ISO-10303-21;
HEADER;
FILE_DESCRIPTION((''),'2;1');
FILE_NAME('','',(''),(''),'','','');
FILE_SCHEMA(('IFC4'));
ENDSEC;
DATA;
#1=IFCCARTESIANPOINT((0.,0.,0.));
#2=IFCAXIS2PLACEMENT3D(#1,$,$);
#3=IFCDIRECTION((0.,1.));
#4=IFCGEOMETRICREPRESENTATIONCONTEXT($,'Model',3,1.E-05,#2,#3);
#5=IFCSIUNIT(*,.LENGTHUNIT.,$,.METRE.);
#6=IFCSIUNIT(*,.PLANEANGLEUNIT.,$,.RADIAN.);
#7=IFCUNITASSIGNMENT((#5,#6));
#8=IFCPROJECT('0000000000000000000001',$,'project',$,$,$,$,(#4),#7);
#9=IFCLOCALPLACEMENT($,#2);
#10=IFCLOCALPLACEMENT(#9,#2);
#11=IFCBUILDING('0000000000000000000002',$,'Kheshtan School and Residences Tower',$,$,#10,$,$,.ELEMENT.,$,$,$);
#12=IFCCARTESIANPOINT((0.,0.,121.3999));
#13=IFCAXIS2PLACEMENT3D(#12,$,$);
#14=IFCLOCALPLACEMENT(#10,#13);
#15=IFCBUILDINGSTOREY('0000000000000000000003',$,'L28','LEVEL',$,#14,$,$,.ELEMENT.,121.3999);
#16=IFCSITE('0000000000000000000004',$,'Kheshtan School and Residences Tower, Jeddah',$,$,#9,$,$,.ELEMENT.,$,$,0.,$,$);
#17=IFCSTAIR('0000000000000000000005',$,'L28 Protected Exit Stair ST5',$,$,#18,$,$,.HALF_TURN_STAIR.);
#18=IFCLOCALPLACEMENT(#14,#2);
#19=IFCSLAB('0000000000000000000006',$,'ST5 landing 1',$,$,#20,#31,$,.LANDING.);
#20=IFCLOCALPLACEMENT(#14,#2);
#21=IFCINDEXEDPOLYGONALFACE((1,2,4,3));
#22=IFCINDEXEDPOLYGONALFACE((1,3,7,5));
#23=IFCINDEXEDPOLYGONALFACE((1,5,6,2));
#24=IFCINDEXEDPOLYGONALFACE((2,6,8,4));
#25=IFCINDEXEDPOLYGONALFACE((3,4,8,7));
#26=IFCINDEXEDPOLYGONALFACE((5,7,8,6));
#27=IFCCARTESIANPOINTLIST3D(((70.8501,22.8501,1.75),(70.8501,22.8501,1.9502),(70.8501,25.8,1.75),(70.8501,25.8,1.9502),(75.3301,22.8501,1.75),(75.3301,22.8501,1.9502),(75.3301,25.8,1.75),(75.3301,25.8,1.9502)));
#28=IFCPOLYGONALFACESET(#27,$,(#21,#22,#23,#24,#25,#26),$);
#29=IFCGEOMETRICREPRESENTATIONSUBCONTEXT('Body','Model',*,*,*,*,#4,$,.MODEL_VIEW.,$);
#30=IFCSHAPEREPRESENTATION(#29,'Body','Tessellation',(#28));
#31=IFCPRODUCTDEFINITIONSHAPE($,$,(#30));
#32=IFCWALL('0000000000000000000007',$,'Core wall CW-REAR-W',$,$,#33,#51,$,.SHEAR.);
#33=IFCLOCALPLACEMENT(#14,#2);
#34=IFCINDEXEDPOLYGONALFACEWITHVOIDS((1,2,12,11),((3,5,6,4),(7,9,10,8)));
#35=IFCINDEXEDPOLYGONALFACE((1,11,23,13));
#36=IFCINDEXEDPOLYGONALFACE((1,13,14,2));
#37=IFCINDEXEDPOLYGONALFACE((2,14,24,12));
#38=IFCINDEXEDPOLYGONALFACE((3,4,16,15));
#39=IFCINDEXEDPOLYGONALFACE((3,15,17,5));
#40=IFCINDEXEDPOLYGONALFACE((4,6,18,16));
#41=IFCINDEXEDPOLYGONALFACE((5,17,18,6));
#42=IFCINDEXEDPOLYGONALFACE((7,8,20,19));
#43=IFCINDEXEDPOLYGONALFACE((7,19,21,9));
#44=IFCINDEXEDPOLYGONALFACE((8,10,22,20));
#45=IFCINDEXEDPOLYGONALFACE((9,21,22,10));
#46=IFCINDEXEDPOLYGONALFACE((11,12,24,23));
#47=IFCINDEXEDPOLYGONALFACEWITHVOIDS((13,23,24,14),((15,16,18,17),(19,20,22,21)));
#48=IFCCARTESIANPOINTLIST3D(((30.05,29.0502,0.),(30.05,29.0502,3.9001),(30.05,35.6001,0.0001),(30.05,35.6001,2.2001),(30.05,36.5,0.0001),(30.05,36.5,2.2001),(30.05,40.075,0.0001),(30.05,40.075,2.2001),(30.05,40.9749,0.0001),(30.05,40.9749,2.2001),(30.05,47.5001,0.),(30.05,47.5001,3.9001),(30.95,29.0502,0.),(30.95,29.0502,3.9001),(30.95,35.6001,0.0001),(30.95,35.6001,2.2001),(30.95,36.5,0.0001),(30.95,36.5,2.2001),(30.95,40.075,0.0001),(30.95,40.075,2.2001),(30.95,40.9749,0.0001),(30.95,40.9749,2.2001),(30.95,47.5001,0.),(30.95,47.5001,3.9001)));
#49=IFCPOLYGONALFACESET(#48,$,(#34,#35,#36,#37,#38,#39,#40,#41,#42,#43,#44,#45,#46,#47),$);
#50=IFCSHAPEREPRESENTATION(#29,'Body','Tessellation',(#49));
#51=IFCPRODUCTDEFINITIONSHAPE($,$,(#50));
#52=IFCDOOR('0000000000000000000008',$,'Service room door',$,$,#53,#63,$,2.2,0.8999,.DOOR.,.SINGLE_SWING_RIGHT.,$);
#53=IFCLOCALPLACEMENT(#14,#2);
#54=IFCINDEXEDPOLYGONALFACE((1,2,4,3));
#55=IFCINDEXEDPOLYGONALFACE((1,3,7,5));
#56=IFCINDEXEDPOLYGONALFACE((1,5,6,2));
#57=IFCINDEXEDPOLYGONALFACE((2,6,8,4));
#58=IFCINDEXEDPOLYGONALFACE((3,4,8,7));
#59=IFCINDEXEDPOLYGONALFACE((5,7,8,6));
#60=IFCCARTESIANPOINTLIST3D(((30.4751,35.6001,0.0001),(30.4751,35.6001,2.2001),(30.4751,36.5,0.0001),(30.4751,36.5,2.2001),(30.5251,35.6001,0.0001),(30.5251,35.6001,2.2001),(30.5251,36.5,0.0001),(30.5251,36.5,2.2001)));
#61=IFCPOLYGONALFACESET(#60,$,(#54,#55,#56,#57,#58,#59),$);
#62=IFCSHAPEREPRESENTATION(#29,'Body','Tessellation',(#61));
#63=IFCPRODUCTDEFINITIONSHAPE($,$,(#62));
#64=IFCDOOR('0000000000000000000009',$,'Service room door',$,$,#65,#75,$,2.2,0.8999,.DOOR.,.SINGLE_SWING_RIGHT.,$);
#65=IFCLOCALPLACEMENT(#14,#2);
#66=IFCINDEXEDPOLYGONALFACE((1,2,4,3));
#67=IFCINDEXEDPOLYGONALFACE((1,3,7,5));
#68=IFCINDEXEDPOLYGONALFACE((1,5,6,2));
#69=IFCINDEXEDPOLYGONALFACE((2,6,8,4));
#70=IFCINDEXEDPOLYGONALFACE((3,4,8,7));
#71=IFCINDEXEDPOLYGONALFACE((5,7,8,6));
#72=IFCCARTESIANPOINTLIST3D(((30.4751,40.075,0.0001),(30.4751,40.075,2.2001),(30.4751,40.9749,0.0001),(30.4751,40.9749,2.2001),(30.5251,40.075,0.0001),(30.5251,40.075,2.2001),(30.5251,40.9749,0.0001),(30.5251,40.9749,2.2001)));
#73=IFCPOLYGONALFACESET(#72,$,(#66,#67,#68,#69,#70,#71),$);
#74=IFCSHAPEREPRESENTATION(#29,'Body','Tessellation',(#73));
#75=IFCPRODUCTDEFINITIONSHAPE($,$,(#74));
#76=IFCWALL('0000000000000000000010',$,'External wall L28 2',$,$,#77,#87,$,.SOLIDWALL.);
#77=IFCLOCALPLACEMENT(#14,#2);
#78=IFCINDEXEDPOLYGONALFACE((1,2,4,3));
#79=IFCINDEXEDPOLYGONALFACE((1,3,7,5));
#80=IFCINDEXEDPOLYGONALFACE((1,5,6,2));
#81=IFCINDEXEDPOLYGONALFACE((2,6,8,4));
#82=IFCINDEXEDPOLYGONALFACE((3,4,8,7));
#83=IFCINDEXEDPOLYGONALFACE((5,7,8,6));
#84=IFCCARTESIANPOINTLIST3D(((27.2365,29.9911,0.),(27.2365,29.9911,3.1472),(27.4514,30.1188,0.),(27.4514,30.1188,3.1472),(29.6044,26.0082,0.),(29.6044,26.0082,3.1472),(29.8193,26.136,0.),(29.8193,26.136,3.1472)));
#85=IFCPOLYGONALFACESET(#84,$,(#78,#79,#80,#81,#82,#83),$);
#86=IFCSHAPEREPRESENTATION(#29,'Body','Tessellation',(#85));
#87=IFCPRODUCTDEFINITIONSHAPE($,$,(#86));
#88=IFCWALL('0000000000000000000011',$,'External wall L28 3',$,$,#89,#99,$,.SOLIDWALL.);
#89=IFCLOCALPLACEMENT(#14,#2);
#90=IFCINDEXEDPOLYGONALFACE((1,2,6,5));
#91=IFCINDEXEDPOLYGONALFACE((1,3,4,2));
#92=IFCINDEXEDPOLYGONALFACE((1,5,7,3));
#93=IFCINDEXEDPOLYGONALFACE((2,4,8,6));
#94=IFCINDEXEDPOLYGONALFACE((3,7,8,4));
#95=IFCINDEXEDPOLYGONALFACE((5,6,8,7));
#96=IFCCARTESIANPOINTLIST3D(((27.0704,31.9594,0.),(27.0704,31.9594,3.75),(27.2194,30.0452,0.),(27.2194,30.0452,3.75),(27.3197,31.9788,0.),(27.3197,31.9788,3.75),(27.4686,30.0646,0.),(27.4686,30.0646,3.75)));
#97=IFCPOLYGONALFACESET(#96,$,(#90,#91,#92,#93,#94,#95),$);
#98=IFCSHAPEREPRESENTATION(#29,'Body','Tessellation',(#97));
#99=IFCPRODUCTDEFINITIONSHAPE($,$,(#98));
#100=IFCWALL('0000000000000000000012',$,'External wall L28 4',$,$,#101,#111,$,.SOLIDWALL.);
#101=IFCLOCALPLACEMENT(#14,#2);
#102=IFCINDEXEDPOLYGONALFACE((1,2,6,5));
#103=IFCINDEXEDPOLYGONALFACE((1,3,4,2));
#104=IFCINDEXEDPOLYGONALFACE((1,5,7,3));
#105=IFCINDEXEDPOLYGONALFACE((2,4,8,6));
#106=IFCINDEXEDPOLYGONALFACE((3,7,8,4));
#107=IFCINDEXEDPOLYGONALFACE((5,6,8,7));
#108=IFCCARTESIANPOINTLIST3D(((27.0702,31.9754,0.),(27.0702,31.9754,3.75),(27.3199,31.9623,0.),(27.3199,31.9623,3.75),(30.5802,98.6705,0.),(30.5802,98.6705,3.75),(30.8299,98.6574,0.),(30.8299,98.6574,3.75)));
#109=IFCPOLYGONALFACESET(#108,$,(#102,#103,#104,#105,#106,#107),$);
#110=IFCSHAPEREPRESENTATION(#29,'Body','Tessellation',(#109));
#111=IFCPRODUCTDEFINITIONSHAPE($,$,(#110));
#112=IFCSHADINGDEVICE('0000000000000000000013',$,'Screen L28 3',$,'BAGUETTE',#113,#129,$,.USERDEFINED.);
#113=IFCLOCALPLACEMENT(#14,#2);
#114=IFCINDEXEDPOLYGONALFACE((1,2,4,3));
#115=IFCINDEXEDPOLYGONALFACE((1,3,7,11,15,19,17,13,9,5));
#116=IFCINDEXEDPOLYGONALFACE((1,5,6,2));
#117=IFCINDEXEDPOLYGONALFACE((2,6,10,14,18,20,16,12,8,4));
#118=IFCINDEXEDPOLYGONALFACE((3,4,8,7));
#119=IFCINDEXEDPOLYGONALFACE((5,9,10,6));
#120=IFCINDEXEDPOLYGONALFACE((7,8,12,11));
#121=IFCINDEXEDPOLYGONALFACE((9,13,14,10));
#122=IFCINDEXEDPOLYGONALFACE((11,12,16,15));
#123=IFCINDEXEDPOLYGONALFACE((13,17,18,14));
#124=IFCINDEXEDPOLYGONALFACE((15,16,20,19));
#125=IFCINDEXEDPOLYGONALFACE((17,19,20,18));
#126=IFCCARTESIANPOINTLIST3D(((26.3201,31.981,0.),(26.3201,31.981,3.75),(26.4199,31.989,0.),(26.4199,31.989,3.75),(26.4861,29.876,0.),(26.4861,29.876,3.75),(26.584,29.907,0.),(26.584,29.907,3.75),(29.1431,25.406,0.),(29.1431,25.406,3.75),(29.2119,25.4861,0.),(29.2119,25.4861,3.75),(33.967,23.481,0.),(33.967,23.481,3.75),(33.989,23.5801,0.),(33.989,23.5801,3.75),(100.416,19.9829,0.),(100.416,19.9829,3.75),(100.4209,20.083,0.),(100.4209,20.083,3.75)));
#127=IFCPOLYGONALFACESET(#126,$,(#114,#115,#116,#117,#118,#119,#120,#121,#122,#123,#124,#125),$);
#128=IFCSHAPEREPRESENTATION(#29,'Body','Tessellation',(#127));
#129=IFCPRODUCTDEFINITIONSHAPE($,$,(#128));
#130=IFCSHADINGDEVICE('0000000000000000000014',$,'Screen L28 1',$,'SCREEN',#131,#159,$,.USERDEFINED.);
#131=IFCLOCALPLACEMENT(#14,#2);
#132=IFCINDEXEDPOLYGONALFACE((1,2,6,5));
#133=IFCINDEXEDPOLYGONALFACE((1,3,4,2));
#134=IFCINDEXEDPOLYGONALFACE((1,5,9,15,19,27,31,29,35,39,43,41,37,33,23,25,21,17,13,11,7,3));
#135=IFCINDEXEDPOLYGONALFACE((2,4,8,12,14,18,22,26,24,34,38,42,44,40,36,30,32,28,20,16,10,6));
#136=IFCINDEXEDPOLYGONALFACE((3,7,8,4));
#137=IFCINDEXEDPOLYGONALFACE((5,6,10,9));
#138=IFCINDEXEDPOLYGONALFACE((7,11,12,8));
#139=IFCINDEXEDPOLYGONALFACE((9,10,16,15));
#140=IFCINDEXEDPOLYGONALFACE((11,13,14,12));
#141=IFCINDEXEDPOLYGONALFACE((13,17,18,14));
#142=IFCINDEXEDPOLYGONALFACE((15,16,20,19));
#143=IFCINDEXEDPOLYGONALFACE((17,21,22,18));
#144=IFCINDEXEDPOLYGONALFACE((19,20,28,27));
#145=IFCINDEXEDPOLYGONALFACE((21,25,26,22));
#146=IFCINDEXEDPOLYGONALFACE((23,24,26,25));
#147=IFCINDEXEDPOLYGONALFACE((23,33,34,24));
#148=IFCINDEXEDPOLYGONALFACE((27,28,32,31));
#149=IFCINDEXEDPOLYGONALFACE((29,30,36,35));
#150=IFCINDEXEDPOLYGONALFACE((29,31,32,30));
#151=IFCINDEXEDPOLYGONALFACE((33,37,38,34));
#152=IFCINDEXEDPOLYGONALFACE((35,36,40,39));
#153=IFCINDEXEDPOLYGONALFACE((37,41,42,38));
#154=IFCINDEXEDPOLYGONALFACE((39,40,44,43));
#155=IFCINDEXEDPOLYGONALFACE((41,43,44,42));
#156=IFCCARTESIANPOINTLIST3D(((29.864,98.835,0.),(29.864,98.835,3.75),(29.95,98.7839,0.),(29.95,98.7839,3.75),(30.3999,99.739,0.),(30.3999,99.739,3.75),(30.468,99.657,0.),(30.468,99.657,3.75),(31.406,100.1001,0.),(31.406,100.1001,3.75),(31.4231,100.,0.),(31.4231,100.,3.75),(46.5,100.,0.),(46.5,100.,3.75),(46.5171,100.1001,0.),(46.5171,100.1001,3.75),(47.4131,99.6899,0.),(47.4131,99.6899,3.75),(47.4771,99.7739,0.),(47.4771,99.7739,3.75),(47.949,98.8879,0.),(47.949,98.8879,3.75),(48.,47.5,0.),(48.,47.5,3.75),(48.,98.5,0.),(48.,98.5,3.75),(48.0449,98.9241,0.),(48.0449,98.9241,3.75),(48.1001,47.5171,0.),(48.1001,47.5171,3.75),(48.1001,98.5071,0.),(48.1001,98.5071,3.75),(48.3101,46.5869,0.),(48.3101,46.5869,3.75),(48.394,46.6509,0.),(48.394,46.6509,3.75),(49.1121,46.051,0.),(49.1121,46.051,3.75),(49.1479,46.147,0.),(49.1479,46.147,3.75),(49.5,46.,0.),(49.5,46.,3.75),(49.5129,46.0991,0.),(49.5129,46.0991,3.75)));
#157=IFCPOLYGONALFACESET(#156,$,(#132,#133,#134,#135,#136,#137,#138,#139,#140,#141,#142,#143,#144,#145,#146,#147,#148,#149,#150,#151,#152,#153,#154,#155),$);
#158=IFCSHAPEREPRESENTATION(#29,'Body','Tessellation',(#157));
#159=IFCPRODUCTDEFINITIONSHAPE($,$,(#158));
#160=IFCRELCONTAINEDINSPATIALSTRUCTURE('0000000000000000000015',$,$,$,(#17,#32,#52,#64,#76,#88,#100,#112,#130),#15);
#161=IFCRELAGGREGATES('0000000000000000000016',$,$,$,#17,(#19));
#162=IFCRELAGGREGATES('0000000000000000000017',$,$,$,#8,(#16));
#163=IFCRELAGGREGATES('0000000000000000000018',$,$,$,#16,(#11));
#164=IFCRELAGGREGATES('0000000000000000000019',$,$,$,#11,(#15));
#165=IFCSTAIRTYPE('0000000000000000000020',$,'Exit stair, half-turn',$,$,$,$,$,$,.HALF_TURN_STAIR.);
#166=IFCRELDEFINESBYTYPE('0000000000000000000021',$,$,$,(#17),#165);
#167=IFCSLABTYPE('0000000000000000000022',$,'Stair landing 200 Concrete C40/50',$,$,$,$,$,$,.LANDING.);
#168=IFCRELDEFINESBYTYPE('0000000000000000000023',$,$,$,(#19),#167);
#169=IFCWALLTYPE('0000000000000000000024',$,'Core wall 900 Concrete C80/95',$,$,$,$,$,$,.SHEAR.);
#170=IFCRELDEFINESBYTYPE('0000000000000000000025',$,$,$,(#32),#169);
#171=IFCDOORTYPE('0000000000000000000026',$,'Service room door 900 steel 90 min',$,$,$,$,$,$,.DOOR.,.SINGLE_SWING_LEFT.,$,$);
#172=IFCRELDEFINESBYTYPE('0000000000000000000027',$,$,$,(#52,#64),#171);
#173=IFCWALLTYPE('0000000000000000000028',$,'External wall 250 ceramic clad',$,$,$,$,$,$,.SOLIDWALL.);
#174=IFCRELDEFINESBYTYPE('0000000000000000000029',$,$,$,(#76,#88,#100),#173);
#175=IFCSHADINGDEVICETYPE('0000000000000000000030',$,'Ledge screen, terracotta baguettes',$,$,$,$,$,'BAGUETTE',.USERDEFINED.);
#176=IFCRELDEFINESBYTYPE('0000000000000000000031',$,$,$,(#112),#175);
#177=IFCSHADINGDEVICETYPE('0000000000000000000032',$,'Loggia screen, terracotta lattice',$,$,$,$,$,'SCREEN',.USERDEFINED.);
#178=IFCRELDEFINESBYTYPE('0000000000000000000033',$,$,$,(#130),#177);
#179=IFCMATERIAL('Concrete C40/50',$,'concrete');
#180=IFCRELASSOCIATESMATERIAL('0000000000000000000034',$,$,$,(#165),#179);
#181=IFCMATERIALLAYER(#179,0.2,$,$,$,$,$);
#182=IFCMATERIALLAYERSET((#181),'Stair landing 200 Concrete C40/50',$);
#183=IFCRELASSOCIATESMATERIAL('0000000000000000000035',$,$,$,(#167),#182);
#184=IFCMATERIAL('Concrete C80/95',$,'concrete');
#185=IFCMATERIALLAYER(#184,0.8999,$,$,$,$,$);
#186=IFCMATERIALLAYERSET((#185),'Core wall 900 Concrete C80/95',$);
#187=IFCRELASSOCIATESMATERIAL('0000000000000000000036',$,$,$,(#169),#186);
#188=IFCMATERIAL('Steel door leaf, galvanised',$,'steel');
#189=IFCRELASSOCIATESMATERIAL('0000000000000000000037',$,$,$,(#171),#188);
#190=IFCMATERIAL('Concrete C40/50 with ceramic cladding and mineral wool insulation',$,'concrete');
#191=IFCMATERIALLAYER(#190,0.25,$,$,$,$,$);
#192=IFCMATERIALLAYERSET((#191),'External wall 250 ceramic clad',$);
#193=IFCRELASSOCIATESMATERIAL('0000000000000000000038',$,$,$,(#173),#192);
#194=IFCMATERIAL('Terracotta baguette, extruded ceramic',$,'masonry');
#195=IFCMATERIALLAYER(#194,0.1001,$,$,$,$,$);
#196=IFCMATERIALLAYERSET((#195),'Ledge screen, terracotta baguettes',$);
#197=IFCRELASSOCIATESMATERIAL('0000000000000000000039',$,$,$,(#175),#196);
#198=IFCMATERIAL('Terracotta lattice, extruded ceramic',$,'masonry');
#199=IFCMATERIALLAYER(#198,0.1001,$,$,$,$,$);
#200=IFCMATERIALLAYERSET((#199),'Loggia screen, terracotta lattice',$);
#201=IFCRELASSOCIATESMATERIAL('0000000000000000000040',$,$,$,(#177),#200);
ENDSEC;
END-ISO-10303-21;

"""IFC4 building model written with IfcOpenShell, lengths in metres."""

from ifc_helpers import new_model, si_unit, direction, frame, frame_2d, origin, place, context, subcontext, project, spatial, polyline, rectangle, outline, extrude, source, transform, mapped, material, layer, layer_set, type_object, element, fill, aggregate, save


model = new_model("IFC4")

# Units and contexts
model_context = context("Model", 3, precision=1e-05, world=origin(), true_north=direction((0.0, 1.0)))
body_context = subcontext(model_context, "Body", "Model", "MODEL_VIEW")
ifc_project = project(units=[si_unit("LENGTHUNIT", "METRE"), si_unit("PLANEANGLEUNIT", "RADIAN")], contexts=[model_context])

# Site, building, storey
site_placement = place(None, origin())
site = spatial("IfcSite", under=ifc_project, at=site_placement, Name="Kheshtan School and Residences Tower, Jeddah", CompositionType="ELEMENT", RefElevation=0.0)
building_placement = place(site_placement, origin())
building = spatial("IfcBuilding", under=site, at=building_placement, Name="Kheshtan School and Residences Tower", CompositionType="ELEMENT")
storey_placement = place(building_placement, frame((0.0, 0.0, 121.3999)))
storey = spatial("IfcBuildingStorey", under=building, at=storey_placement, Name="L28", Description="LEVEL", CompositionType="ELEMENT", Elevation=121.3999)

# Shared definitions
ifc_material_1 = material(Name="Concrete C40/50", Category="concrete")

# Stair, slab
stair_type = type_object("IfcStairType", Name="Exit stair, half-turn", PredefinedType="HALF_TURN_STAIR", material=ifc_material_1)
ifc_layer_1 = layer(ifc_material_1, 0.2)
ifc_layer_set_1 = layer_set([ifc_layer_1], Name="Stair landing 200 Concrete C40/50")
slab_type_1 = type_object("IfcSlabType", Name="Stair landing 200 Concrete C40/50", PredefinedType="LANDING", material=ifc_layer_set_1)
stair_1_placement = place(storey_placement, origin())
stair_1 = element("IfcStair", 1, at=stair_1_placement, inside=storey, type_object=stair_type, Name="L28 Protected Exit Stair ST5", PredefinedType="HALF_TURN_STAIR")
slab_1_placement = place(storey_placement, frame((0.0, 0.0, 1.75)))
slab_1 = element("IfcSlab", 2, at=slab_1_placement, type_object=slab_type_1, Name="ST5 landing 1", PredefinedType="LANDING", context=body_context, shape_type="SweptSolid", body=[
    extrude(outline(polyline([(75.3301, 25.8), (70.8501, 25.8), (70.8501, 22.8501), (75.3301, 22.8501), (75.3301, 25.8)])), origin(), (0.0, 0.0, 1.0), 0.2002),
])
aggregate(stair_1, [slab_1])

# Wall, openings, doors
ifc_material_2 = material(Name="Concrete C80/95", Category="concrete")
ifc_layer_2 = layer(ifc_material_2, 0.8999)
ifc_layer_set_2 = layer_set([ifc_layer_2], Name="Core wall 900 Concrete C80/95")
wall_type_1 = type_object("IfcWallType", Name="Core wall 900 Concrete C80/95", PredefinedType="SHEAR", material=ifc_layer_set_2)
wall_1_placement = place(storey_placement, frame((30.5, 29.05, 0.0), z_axis=(0.0, 0.0, 1.0), x_axis=(0.0, 1.0, 0.0)))
wall_1 = element("IfcWall", 3, at=wall_1_placement, inside=storey, type_object=wall_type_1, Name="Core wall CW-REAR-W", PredefinedType="SHEAR", context=body_context, shape_type="SweptSolid", body=[
    extrude(rectangle(XDim=18.45, YDim=0.8999, at=frame_2d((9.2251, 0.0))), origin(), (0.0, 0.0, 1.0), 3.9001),
])
opening_1_placement = place(wall_1_placement, frame((6.55, 0.0, 0.0)))
opening_1 = element("IfcOpeningElement", 4, at=opening_1_placement, cuts=wall_1, PredefinedType="OPENING", context=body_context, shape_type="SweptSolid", body=[
    extrude(rectangle(XDim=0.8999, YDim=2.2, at=frame_2d((0.45, 1.1001))), frame((0.0, 0.46, 0.0), z_axis=(0.0, -1.0, 0.0), x_axis=(1.0, 0.0, 0.0)), (0.0, 0.0, 1.0), 0.9199),
])
opening_2_placement = place(wall_1_placement, frame((11.0249, 0.0, 0.0)))
opening_2 = element("IfcOpeningElement", 5, at=opening_2_placement, cuts=wall_1, PredefinedType="OPENING", context=body_context, shape_type="SweptSolid", body=[
    extrude(rectangle(XDim=0.8999, YDim=2.2, at=frame_2d((0.45, 1.1001))), frame((0.0, 0.46, 0.0), z_axis=(0.0, -1.0, 0.0), x_axis=(1.0, 0.0, 0.0)), (0.0, 0.0, 1.0), 0.9199),
])
ifc_material_3 = material(Name="Steel door leaf, galvanised", Category="steel")
door_type = type_object("IfcDoorType", Name="Service room door 900 steel 90 min", OperationType="SINGLE_SWING_LEFT", PredefinedType="DOOR", material=ifc_material_3)
shared_shape = source(origin(), body_context, "Body", "SweptSolid", [
    extrude(rectangle(XDim=0.8999, YDim=2.2, at=frame_2d((0.45, 1.1001))), frame((0.0, 0.0249, 0.0), z_axis=(0.0, -1.0, 0.0), x_axis=(1.0, 0.0, 0.0)), (0.0, 0.0, 1.0), 0.05),
])
door_1_placement = place(opening_1_placement, origin())
door_1 = element("IfcDoor", 6, at=door_1_placement, inside=storey, type_object=door_type, Name="Service room door", OperationType="SINGLE_SWING_RIGHT", OverallHeight=2.2, OverallWidth=0.8999, PredefinedType="DOOR", context=body_context, shape_type="MappedRepresentation", body=[
    mapped(shared_shape, transform((0.0, 0.0, 0.0), x_axis=(1.0, 0.0, 0.0), y_axis=(0.0, 1.0, 0.0), z_axis=(0.0, 0.0, 1.0), scale=1.0)),
])
fill(opening_1, door_1)
door_2_placement = place(opening_2_placement, origin())
door_2 = element("IfcDoor", 7, at=door_2_placement, inside=storey, type_object=door_type, Name="Service room door", OperationType="SINGLE_SWING_RIGHT", OverallHeight=2.2, OverallWidth=0.8999, PredefinedType="DOOR", context=body_context, shape_type="MappedRepresentation", body=[
    mapped(shared_shape, transform((0.0, 0.0, 0.0), x_axis=(1.0, 0.0, 0.0), y_axis=(0.0, 1.0, 0.0), z_axis=(0.0, 0.0, 1.0), scale=1.0)),
])
fill(opening_2, door_2)

# Walls
ifc_material_4 = material(Name="Concrete C40/50 with ceramic cladding and mineral wool insulation", Category="concrete")
ifc_layer_3 = layer(ifc_material_4, 0.25)
ifc_layer_set_3 = layer_set([ifc_layer_3], Name="External wall 250 ceramic clad")
wall_type_2 = type_object("IfcWallType", Name="External wall 250 ceramic clad", PredefinedType="SOLIDWALL", material=ifc_layer_set_3)
wall_2_placement = place(storey_placement, frame((29.7119, 26.072, 0.0), z_axis=(0.0, 0.0, 1.0), x_axis=(-0.511028, 0.859564, 0.0)))
element("IfcWall", 8, at=wall_2_placement, inside=storey, type_object=wall_type_2, Name="External wall L28 2", PredefinedType="SOLIDWALL", context=body_context, shape_type="SweptSolid", body=[
    extrude(rectangle(XDim=4.6335, YDim=0.25, at=frame_2d((2.3169, 0.0))), origin(), (0.0, 0.0, 1.0), 3.1472),
])
wall_3_placement = place(storey_placement, frame((27.344, 30.0549, 0.0), z_axis=(0.0, 0.0, 1.0), x_axis=(-0.077572, 0.996987, 0.0)))
element("IfcWall", 9, at=wall_3_placement, inside=storey, type_object=wall_type_2, Name="External wall L28 3", PredefinedType="SOLIDWALL", context=body_context, shape_type="SweptSolid", body=[
    extrude(rectangle(XDim=1.9199, YDim=0.25, at=frame_2d((0.96, 0.0))), origin(), (0.0, 0.0, 1.0), 3.75),
])
wall_4_placement = place(storey_placement, frame((27.1951, 31.969, 0.0), z_axis=(0.0, 0.0, 1.0), x_axis=(0.052555, 0.998618, 0.0)))
element("IfcWall", 10, at=wall_4_placement, inside=storey, type_object=wall_type_2, Name="External wall L28 4", PredefinedType="SOLIDWALL", context=body_context, shape_type="SweptSolid", body=[
    extrude(rectangle(XDim=66.7874, YDim=0.25, at=frame_2d((33.3936, 0.0))), origin(), (0.0, 0.0, 1.0), 3.75),
])

# Shading devices
ifc_material_5 = material(Name="Terracotta baguette, extruded ceramic", Category="masonry")
ifc_layer_4 = layer(ifc_material_5, 0.1001)
ifc_layer_set_4 = layer_set([ifc_layer_4], Name="Ledge screen, terracotta baguettes")
shading_device_type_1 = type_object("IfcShadingDeviceType", Name="Ledge screen, terracotta baguettes", ElementType="BAGUETTE", PredefinedType="USERDEFINED", material=ifc_layer_set_4)
shading_device_1_placement = place(storey_placement, origin())
element("IfcShadingDevice", 11, at=shading_device_1_placement, inside=storey, type_object=shading_device_type_1, Name="Screen L28 3", ObjectType="BAGUETTE", PredefinedType="USERDEFINED", context=body_context, shape_type="SweptSolid", body=[
    extrude(outline(polyline([(100.4209, 20.083), (33.989, 23.5801), (29.2119, 25.4861), (26.584, 29.907), (26.4199, 31.989), (26.3201, 31.981), (26.4861, 29.876), (29.1431, 25.406), (33.967, 23.481), (100.416, 19.9829), (100.4209, 20.083)])), origin(), (0.0, 0.0, 1.0), 3.75),
])
ifc_material_6 = material(Name="Terracotta lattice, extruded ceramic", Category="masonry")
ifc_layer_5 = layer(ifc_material_6, 0.1001)
ifc_layer_set_5 = layer_set([ifc_layer_5], Name="Loggia screen, terracotta lattice")
shading_device_type_2 = type_object("IfcShadingDeviceType", Name="Loggia screen, terracotta lattice", ElementType="SCREEN", PredefinedType="USERDEFINED", material=ifc_layer_set_5)
shading_device_2_placement = place(storey_placement, origin())
element("IfcShadingDevice", 12, at=shading_device_2_placement, inside=storey, type_object=shading_device_type_2, Name="Screen L28 1", ObjectType="SCREEN", PredefinedType="USERDEFINED", context=body_context, shape_type="SweptSolid", body=[
    extrude(outline(polyline([(29.95, 98.7839), (30.468, 99.657), (31.4231, 100.0), (46.5, 100.0), (47.4131, 99.6899), (47.949, 98.8879), (48.0, 98.5), (48.0, 47.5), (48.3101, 46.5869), (49.1121, 46.051), (49.5, 46.0), (49.5129, 46.0991), (49.1479, 46.147), (48.394, 46.6509), (48.1001, 47.5171), (48.1001, 98.5071), (48.0449, 98.9241), (47.4771, 99.7739), (46.5171, 100.1001), (31.406, 100.1001), (30.3999, 99.739), (29.864, 98.835), (29.95, 98.7839)])), origin(), (0.0, 0.0, 1.0), 3.75),
])

save(model, "model.ifc")
